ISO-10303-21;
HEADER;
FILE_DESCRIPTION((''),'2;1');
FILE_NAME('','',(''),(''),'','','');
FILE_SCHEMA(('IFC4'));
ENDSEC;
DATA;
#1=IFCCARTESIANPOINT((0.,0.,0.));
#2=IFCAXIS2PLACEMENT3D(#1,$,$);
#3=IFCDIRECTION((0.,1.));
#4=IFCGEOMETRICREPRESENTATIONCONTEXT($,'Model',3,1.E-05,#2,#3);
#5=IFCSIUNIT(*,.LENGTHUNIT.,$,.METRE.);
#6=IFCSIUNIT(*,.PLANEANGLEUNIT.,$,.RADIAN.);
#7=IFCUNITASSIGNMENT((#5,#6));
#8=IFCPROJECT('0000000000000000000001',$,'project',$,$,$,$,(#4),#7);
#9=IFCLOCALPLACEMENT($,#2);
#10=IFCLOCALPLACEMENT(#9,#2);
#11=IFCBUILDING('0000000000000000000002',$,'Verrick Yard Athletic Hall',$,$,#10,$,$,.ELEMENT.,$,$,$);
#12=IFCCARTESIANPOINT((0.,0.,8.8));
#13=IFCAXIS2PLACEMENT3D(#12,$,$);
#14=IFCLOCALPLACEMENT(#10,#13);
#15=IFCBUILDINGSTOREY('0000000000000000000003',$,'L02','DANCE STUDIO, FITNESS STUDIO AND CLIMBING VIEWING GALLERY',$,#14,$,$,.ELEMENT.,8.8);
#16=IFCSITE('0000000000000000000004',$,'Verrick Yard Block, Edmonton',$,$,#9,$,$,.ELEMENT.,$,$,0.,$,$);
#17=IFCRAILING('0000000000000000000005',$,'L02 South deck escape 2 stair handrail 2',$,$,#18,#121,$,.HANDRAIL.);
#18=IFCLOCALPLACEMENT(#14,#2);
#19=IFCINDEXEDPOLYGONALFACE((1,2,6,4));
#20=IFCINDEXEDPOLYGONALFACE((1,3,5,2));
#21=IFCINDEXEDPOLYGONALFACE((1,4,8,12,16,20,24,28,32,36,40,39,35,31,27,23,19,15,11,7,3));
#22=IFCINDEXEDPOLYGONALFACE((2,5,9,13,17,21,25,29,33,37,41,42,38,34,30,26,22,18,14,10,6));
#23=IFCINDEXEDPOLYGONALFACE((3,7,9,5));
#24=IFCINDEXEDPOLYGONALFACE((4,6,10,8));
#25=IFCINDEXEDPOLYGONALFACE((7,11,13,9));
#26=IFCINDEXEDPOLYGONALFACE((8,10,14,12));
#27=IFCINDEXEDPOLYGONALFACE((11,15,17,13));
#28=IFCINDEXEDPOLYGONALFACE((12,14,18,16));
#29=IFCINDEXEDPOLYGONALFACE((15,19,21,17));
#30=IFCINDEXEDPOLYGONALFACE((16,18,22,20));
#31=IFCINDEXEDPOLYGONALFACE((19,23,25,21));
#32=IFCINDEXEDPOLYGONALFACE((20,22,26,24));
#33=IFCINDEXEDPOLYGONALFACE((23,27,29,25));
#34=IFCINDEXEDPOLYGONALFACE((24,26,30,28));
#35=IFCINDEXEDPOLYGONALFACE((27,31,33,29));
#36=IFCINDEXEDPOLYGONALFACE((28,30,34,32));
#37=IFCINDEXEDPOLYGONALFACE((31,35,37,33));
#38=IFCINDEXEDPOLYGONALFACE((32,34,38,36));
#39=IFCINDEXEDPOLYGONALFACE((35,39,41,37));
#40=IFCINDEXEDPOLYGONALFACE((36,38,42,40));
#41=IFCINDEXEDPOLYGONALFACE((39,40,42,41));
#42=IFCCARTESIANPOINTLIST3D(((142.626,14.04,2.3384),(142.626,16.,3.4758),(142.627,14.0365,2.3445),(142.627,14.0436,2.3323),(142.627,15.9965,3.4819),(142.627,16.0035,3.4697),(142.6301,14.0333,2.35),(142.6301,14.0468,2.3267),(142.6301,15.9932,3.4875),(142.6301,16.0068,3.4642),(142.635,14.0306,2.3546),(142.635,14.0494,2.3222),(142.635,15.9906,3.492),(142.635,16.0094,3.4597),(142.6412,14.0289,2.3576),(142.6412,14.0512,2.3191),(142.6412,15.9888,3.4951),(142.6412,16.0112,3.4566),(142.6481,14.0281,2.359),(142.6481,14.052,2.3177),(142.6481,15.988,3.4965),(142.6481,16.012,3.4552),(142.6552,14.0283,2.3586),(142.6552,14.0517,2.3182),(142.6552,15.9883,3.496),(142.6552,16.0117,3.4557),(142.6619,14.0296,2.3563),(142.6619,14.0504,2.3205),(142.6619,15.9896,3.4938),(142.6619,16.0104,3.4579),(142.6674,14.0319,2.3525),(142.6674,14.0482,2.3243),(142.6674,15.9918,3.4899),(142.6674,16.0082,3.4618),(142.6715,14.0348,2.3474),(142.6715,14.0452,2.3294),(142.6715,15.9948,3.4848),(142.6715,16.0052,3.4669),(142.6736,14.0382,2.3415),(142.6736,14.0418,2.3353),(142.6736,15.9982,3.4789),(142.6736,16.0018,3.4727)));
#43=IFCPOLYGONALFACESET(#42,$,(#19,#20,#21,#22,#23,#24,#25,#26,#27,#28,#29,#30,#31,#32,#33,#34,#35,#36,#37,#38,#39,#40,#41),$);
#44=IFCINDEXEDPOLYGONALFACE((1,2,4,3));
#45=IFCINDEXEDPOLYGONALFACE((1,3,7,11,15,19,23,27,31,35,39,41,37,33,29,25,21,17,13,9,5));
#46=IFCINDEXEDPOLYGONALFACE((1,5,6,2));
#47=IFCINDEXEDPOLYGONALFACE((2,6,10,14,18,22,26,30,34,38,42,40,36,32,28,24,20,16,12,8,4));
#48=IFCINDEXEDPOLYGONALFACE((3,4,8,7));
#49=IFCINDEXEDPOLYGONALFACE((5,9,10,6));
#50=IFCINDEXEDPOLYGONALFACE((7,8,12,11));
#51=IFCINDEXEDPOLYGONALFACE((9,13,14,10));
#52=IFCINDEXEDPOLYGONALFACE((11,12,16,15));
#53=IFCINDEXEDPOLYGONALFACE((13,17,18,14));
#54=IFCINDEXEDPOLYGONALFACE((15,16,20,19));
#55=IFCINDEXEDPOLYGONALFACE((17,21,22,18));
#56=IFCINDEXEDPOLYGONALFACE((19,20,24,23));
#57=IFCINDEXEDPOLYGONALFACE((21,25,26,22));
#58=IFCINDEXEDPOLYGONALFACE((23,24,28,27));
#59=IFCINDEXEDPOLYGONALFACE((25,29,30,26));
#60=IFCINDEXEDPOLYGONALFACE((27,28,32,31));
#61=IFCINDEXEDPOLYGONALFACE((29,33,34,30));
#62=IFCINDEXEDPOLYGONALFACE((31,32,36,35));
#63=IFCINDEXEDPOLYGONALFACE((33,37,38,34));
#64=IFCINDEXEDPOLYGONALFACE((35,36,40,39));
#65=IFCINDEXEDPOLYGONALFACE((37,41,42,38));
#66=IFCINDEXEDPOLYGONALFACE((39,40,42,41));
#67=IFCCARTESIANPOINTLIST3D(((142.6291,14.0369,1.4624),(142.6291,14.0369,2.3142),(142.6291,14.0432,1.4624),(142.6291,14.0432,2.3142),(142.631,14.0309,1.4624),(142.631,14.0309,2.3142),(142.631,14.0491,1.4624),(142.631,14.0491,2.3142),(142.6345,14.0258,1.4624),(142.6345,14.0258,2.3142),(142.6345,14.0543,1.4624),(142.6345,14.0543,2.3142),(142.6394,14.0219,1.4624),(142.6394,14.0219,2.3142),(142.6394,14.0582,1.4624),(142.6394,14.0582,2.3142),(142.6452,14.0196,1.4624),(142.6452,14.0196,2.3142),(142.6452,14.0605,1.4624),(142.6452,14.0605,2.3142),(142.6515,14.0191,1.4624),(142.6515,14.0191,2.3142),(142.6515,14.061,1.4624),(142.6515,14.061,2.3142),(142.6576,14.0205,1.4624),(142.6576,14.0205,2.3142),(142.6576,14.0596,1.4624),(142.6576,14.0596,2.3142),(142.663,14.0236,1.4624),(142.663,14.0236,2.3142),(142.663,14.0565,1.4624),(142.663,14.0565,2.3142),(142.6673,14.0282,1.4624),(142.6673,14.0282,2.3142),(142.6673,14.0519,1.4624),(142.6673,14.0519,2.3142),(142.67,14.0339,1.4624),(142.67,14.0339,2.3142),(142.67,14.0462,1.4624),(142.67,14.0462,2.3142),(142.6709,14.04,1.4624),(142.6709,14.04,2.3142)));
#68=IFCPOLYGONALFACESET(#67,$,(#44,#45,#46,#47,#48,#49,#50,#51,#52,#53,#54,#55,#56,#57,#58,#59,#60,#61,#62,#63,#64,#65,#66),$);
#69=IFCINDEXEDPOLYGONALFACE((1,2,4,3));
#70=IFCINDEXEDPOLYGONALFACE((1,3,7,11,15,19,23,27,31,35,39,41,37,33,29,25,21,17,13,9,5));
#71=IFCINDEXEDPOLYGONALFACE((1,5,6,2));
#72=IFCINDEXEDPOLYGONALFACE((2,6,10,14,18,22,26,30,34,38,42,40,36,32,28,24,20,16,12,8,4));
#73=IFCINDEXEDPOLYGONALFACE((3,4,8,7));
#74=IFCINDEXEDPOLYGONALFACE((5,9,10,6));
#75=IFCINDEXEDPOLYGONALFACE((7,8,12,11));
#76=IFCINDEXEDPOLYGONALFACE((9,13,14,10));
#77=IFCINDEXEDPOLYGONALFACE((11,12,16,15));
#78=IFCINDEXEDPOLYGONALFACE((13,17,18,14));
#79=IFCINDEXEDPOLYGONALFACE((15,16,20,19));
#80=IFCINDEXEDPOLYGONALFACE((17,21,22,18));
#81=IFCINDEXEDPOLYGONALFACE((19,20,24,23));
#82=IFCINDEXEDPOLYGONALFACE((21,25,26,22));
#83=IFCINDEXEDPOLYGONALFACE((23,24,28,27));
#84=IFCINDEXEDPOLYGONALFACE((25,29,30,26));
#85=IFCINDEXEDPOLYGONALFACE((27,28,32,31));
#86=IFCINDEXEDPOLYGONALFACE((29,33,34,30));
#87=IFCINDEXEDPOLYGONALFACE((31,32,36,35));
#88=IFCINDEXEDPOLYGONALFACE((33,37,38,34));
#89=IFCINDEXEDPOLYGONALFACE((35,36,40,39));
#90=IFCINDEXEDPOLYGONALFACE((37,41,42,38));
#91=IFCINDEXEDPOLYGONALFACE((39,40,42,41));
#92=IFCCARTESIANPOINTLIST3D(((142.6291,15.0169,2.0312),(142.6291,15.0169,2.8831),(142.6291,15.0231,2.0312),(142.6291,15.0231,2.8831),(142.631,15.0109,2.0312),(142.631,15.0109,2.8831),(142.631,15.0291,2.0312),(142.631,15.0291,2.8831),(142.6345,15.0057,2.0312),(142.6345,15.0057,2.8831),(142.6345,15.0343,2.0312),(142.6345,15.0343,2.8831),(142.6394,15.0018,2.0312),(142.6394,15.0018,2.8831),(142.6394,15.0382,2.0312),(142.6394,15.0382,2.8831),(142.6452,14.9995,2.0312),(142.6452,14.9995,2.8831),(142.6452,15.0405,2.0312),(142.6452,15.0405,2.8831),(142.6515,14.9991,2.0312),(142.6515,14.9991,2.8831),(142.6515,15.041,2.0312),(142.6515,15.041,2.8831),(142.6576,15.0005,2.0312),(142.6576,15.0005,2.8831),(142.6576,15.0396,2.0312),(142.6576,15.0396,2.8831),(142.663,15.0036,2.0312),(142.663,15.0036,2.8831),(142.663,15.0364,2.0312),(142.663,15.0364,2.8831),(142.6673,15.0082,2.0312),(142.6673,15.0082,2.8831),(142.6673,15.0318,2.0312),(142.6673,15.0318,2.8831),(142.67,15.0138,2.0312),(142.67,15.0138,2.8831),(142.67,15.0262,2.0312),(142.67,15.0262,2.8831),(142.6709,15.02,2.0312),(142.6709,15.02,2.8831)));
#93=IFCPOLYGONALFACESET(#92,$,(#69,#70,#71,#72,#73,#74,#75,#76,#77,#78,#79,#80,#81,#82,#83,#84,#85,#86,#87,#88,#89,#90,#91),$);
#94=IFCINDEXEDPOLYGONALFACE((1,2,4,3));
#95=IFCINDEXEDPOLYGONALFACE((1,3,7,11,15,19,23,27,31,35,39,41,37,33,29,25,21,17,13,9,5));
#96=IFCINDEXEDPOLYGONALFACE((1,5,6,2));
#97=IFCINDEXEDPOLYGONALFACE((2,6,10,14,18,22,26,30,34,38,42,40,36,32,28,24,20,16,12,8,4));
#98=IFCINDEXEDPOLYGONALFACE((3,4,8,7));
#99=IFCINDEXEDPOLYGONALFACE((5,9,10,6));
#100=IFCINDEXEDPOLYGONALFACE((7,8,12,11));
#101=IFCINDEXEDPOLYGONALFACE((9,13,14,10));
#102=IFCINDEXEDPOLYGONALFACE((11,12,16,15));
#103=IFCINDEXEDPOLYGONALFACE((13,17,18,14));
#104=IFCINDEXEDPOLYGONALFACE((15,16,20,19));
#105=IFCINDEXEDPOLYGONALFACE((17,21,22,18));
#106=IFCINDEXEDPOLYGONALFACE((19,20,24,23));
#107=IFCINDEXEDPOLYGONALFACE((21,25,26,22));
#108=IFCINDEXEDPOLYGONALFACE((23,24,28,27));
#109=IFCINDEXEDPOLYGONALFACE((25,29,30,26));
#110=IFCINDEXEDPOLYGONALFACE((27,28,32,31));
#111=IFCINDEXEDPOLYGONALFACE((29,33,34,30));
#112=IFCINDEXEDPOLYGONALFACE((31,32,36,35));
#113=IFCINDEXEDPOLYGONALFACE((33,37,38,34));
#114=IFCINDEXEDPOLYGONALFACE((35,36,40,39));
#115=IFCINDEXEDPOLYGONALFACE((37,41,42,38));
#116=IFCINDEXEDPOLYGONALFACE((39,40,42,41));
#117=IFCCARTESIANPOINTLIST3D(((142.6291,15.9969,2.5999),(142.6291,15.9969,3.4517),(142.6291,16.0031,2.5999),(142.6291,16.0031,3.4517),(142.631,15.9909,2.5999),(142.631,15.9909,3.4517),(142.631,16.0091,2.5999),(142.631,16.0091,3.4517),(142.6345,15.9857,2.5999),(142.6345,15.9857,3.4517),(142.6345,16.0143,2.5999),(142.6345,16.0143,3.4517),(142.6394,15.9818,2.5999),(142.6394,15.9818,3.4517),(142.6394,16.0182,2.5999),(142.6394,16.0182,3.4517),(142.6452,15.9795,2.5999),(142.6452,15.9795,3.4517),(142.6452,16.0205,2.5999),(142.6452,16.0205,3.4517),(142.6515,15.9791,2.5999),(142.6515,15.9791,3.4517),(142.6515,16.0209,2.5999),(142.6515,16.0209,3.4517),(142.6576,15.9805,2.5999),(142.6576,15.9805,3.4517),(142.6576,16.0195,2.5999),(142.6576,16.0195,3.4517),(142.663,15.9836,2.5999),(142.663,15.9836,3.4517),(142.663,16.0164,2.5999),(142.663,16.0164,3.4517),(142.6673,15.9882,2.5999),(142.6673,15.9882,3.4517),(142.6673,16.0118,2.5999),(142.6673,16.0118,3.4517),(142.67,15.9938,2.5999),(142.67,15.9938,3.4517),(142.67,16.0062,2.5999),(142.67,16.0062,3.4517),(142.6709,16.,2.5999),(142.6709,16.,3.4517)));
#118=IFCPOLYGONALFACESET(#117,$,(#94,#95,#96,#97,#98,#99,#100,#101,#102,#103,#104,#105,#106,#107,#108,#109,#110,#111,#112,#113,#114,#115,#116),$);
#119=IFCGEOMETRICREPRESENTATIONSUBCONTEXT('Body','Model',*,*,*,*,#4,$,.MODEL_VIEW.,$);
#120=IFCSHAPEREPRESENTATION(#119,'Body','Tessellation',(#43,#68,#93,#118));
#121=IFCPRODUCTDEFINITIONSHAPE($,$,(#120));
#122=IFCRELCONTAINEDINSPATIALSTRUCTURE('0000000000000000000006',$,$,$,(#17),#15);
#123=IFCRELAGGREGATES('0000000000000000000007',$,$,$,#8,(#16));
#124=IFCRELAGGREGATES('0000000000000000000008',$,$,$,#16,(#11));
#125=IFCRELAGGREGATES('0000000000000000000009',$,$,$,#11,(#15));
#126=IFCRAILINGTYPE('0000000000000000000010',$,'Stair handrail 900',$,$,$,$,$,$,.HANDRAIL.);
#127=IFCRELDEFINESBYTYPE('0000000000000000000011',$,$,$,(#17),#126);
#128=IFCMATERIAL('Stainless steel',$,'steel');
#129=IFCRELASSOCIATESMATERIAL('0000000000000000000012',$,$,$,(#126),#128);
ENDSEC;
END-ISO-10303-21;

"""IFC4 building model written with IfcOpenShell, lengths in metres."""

from ifc_helpers import new_model, si_unit, direction, frame, origin, origin_2d, place, context, subcontext, project, spatial, circle, extrude, material, type_object, element, save


model = new_model("IFC4")

# Units and contexts
model_context = context("Model", 3, precision=1e-05, world=origin(), true_north=direction((0.0, 1.0)))
body_context = subcontext(model_context, "Body", "Model", "MODEL_VIEW")
ifc_project = project(units=[si_unit("LENGTHUNIT", "METRE"), si_unit("PLANEANGLEUNIT", "RADIAN")], contexts=[model_context])

# Site, building, storey
site_placement = place(None, origin())
site = spatial("IfcSite", under=ifc_project, at=site_placement, Name="Verrick Yard Block, Edmonton", CompositionType="ELEMENT", RefElevation=0.0)
building_placement = place(site_placement, origin())
building = spatial("IfcBuilding", under=site, at=building_placement, Name="Verrick Yard Athletic Hall", CompositionType="ELEMENT")
storey_placement = place(building_placement, frame((0.0, 0.0, 8.8)))
storey = spatial("IfcBuildingStorey", under=building, at=storey_placement, Name="L02", Description="DANCE STUDIO, FITNESS STUDIO AND CLIMBING VIEWING GALLERY", CompositionType="ELEMENT", Elevation=8.8)

# Railing
ifc_material_1 = material(Name="Stainless steel", Category="steel")
railing_type_1 = type_object("IfcRailingType", Name="Stair handrail 900", PredefinedType="HANDRAIL", material=ifc_material_1)
railing_1_placement = place(storey_placement, frame((142.6499, 14.04, 1.4624)))
element("IfcRailing", 1, at=railing_1_placement, inside=storey, type_object=railing_type_1, Name="L02 South deck escape 2 stair handrail 2", PredefinedType="HANDRAIL", context=body_context, shape_type="SweptSolid", body=[
    extrude(circle(Radius=0.0239, at=origin_2d()), frame((0.0, 0.0, 0.876), z_axis=(0.0, 0.864902, 0.501941), x_axis=(-1.0, 0.0, 0.0)), (0.0, 0.0, 1.0), 2.2661),
    extrude(circle(Radius=0.021, at=origin_2d()), origin(), (0.0, 0.0, 1.0), 0.8518),
    extrude(circle(Radius=0.021, at=origin_2d()), frame((0.0, 0.98, 0.5688)), (0.0, 0.0, 1.0), 0.8518),
    extrude(circle(Radius=0.021, at=origin_2d()), frame((0.0, 1.96, 1.1375)), (0.0, 0.0, 1.0), 0.8518),
])

save(model, "model.ifc")
